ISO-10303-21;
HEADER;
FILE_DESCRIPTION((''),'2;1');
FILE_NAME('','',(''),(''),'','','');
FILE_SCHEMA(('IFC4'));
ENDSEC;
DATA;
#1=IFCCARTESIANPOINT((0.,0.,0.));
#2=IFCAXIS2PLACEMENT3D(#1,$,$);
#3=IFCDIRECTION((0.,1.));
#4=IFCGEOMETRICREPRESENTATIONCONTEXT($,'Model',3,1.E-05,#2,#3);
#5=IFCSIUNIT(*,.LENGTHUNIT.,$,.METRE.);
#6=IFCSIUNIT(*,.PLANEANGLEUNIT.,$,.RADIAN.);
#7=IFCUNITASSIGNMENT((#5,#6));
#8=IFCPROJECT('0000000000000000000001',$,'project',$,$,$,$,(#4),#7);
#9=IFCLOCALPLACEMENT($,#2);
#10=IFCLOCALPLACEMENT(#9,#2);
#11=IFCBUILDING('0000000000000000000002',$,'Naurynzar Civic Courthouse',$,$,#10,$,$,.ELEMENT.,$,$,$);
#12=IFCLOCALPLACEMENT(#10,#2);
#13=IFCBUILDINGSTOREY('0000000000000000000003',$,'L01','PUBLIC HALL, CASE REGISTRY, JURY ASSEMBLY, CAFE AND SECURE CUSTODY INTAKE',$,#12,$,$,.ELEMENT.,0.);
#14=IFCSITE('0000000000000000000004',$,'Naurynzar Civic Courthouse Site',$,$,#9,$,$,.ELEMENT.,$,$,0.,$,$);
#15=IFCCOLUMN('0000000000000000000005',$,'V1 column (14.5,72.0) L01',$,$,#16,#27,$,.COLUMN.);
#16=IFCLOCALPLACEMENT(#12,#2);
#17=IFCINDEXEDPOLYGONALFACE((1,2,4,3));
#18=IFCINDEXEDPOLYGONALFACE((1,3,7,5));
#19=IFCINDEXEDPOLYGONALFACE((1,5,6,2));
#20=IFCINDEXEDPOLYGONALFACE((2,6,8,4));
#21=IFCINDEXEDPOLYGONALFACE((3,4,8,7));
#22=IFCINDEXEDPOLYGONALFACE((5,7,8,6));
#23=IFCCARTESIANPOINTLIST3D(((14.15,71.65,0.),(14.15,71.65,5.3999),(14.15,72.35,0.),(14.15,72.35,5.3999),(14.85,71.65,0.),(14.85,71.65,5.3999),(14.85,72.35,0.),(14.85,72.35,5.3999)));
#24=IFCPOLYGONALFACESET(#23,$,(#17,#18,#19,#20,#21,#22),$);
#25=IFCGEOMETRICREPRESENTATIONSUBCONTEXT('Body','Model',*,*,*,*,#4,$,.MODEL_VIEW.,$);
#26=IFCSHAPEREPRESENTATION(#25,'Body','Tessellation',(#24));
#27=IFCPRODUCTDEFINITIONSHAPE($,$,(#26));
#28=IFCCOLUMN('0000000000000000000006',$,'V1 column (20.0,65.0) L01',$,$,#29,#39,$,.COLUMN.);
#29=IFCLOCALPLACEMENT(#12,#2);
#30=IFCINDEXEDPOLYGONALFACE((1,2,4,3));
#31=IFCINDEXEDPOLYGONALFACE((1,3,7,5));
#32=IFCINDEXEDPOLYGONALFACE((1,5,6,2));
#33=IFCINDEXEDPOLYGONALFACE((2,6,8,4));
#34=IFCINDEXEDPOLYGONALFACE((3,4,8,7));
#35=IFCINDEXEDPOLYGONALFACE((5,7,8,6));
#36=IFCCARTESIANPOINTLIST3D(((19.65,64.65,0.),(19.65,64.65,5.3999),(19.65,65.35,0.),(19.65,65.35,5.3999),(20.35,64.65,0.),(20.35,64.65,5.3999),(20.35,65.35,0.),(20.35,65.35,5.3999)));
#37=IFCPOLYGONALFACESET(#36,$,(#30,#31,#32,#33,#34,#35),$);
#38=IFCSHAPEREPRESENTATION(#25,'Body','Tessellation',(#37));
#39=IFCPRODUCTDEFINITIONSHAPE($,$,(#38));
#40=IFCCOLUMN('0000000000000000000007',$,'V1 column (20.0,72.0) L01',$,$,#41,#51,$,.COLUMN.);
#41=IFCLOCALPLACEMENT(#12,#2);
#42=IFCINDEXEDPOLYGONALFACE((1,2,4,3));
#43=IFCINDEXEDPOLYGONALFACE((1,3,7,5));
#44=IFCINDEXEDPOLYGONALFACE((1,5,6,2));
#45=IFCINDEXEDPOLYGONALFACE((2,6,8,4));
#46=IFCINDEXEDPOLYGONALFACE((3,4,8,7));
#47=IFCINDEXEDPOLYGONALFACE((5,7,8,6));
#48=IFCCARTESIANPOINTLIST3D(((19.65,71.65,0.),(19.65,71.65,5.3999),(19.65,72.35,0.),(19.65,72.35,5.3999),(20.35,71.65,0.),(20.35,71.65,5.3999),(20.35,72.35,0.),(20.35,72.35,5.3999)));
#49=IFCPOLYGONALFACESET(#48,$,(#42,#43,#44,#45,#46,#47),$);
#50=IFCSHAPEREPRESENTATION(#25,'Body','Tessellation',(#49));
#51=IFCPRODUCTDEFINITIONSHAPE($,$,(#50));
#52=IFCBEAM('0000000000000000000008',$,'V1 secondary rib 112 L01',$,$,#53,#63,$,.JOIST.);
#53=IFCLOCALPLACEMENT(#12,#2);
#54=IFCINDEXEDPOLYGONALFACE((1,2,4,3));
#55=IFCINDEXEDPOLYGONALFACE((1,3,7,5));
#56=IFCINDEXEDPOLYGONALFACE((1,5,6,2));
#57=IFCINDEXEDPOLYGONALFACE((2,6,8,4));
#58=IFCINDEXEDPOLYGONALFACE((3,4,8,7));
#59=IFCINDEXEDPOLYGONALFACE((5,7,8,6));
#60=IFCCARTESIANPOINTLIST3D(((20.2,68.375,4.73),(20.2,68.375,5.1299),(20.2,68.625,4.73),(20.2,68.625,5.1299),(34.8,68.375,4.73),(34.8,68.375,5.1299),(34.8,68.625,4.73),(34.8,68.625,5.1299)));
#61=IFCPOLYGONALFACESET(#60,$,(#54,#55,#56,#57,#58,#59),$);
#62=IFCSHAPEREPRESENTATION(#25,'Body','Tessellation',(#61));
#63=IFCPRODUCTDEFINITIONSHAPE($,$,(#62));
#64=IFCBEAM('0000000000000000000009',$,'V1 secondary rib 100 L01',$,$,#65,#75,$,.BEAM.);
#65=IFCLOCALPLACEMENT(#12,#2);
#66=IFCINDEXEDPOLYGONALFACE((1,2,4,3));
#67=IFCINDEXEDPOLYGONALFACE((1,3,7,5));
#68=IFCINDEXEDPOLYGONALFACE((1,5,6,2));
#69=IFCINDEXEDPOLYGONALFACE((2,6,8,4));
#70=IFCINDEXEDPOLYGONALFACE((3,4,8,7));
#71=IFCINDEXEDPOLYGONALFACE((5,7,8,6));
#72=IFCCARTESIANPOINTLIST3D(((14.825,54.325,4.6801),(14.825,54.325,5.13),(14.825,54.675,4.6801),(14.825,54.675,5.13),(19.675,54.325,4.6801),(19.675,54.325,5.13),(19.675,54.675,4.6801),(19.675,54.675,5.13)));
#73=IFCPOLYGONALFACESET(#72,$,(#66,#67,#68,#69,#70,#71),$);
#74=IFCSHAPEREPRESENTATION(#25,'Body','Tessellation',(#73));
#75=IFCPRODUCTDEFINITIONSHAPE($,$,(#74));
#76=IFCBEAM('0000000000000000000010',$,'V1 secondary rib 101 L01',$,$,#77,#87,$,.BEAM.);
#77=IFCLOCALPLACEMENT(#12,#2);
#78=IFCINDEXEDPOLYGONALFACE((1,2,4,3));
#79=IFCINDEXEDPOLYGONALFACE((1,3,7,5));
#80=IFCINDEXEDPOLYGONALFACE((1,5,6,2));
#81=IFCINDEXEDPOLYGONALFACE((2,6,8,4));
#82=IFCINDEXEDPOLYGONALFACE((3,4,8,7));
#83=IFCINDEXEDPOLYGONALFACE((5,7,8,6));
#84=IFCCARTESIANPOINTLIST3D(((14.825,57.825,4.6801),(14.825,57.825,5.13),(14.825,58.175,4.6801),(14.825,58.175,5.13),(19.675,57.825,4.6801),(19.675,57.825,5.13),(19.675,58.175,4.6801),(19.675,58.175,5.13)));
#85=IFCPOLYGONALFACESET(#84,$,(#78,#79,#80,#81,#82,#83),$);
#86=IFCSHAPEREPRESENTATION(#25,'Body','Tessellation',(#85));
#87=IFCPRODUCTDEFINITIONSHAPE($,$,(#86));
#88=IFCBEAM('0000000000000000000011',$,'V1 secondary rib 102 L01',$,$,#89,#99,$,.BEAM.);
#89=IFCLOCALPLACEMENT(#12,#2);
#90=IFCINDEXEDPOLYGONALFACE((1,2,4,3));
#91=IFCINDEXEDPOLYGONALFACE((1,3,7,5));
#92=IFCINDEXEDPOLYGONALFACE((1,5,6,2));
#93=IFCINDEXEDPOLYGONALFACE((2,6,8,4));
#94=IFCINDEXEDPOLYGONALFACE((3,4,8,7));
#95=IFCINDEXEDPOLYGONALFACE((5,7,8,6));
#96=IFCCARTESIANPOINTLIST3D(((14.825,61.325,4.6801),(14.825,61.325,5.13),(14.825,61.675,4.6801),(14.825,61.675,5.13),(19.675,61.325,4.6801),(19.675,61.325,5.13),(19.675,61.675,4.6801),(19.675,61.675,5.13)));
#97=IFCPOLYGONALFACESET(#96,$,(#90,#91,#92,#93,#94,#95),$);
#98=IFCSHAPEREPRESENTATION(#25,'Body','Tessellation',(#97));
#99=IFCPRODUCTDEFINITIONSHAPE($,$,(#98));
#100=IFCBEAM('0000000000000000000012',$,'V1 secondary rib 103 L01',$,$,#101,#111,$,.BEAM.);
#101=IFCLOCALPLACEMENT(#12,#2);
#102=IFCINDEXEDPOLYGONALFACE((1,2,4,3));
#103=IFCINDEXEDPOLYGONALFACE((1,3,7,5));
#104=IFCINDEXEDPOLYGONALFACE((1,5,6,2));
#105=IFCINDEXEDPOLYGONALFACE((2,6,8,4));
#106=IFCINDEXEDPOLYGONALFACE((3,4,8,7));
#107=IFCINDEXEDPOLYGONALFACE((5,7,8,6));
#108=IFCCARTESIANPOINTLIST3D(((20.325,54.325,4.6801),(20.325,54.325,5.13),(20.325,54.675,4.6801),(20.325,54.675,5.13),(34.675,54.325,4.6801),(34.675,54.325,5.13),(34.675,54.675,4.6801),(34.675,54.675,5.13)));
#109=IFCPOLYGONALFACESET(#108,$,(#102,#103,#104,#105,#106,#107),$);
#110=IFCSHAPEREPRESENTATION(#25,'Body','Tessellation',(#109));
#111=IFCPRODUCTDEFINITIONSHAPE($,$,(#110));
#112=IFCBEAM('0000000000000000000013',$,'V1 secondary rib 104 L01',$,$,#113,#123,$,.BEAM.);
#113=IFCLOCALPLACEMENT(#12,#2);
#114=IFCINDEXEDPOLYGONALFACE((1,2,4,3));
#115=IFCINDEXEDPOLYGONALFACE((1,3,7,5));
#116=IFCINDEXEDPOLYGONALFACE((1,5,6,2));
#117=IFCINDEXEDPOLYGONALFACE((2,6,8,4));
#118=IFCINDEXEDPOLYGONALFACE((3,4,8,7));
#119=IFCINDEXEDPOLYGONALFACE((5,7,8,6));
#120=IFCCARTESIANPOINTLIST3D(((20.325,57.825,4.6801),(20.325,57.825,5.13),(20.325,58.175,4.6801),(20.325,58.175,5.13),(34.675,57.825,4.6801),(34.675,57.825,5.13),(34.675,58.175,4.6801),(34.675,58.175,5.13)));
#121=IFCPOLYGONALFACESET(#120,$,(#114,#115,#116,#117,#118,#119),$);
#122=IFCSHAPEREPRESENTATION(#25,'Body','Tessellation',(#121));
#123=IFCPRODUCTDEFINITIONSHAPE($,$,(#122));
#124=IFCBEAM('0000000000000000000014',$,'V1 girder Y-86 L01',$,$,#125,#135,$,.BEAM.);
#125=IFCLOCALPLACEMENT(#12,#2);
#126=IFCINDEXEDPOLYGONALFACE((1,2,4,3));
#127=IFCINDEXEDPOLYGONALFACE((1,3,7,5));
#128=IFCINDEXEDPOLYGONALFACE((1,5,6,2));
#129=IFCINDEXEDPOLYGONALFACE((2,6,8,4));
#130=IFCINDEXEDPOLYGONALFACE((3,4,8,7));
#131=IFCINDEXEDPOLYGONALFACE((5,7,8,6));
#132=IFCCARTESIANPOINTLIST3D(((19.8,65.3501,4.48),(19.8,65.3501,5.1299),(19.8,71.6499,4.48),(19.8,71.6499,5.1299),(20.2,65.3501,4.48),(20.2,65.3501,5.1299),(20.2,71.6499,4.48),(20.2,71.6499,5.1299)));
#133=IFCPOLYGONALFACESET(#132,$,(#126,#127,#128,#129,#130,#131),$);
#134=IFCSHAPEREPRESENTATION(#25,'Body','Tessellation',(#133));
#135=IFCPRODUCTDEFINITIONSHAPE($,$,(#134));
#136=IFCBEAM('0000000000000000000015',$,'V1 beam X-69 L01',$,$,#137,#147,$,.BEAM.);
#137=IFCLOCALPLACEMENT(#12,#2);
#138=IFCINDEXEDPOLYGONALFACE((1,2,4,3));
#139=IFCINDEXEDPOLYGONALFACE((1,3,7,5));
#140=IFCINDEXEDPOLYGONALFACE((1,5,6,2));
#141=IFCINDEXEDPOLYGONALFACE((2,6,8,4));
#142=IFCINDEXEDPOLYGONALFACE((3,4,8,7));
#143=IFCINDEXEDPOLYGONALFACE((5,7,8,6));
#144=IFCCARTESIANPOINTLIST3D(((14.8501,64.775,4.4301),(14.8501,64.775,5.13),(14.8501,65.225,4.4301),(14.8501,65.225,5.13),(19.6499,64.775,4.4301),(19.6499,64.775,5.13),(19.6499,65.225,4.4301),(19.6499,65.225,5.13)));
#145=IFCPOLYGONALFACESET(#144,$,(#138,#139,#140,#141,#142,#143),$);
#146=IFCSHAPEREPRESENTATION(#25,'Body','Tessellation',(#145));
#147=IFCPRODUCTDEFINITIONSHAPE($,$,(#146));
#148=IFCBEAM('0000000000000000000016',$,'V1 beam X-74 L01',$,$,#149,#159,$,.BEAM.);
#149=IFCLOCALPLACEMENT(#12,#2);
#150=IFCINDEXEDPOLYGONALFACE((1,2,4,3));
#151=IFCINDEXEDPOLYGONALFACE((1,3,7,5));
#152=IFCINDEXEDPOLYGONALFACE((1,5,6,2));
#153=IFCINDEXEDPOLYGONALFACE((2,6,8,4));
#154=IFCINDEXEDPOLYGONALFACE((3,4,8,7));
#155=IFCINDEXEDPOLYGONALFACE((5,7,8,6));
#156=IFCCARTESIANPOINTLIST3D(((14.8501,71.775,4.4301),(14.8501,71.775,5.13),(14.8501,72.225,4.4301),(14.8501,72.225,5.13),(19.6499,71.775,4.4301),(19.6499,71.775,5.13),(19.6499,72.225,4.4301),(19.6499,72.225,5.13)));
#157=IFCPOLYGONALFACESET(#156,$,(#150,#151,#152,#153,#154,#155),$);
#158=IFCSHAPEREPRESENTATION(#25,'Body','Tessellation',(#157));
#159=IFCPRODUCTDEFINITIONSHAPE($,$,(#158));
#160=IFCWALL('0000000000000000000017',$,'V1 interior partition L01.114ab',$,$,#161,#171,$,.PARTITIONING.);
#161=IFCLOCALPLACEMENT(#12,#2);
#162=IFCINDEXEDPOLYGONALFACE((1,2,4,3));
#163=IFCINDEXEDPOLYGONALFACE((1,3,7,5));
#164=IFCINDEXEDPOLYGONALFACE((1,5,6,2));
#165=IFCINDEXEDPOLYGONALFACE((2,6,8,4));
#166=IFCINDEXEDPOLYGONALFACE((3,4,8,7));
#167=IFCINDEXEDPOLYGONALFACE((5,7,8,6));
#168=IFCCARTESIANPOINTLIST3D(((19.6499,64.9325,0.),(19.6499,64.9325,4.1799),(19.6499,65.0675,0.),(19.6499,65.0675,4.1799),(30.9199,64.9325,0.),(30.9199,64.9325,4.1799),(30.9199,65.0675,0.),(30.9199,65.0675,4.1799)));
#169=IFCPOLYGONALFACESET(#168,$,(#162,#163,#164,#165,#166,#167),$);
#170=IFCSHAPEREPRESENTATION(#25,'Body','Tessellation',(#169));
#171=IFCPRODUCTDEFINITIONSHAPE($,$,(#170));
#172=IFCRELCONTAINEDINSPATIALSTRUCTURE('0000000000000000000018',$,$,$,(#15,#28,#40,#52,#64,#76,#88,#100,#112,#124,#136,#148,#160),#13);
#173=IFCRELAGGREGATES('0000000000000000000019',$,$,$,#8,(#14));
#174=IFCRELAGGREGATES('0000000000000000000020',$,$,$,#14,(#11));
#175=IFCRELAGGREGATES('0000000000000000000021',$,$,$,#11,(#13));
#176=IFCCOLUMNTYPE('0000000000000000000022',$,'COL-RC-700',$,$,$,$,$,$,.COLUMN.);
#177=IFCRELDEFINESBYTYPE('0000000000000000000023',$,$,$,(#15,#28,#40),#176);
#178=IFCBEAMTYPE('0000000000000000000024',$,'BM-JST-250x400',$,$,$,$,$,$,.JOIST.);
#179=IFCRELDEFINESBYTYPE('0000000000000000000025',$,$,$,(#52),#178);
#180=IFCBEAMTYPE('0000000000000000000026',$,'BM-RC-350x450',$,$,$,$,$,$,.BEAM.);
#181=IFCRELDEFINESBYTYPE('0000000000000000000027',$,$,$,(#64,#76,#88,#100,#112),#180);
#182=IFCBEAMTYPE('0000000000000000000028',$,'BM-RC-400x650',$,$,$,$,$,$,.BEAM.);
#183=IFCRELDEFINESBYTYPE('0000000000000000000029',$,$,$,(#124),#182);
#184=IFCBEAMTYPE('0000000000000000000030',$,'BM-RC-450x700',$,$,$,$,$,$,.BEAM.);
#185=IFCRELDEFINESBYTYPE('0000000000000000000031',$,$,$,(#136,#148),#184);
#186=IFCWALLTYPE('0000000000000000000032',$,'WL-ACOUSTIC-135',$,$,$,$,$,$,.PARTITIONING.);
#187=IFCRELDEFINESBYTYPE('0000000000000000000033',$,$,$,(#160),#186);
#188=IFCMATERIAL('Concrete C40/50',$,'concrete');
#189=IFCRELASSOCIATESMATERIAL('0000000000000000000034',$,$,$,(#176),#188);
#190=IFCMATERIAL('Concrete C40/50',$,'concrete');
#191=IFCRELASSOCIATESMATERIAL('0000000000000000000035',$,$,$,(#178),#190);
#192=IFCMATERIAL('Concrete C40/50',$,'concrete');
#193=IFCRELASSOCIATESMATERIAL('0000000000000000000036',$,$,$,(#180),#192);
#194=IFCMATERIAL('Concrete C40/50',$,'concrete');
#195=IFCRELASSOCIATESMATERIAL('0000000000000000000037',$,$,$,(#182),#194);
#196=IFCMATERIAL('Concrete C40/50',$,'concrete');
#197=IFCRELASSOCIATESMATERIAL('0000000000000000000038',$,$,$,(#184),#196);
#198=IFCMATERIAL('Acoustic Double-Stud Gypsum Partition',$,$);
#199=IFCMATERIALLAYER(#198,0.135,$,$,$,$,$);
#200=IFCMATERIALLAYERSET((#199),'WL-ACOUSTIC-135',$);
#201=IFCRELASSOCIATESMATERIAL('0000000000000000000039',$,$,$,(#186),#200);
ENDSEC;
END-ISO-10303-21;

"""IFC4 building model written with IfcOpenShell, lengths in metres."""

from ifc_helpers import new_model, si_unit, direction, frame, frame_2d, origin, origin_2d, place, context, subcontext, project, spatial, rectangle, extrude, material, layer, layer_set, material_profile, profile_set, type_object, element, save


model = new_model("IFC4")

# Units and contexts
model_context = context("Model", 3, precision=1e-05, world=origin(), true_north=direction((0.0, 1.0)))
body_context = subcontext(model_context, "Body", "Model", "MODEL_VIEW")
ifc_project = project(units=[si_unit("LENGTHUNIT", "METRE"), si_unit("PLANEANGLEUNIT", "RADIAN")], contexts=[model_context])

# Site, building, storey
site_placement = place(None, origin())
site = spatial("IfcSite", under=ifc_project, at=site_placement, Name="Naurynzar Civic Courthouse Site", CompositionType="ELEMENT", RefElevation=0.0)
building_placement = place(site_placement, origin())
building = spatial("IfcBuilding", under=site, at=building_placement, Name="Naurynzar Civic Courthouse", CompositionType="ELEMENT")
storey_placement = place(building_placement, origin())
storey = spatial("IfcBuildingStorey", under=building, at=storey_placement, Name="L01", Description="PUBLIC HALL, CASE REGISTRY, JURY ASSEMBLY, CAFE AND SECURE CUSTODY INTAKE", CompositionType="ELEMENT", Elevation=0.0)

# Columns
ifc_material_1 = material(Name="Concrete C40/50", Category="concrete")
ifc_material_profile_1 = material_profile(ifc_material_1, rectangle(XDim=0.7, YDim=0.7, at=origin_2d()), Name="RC 700x700")
ifc_profile_set_1 = profile_set([ifc_material_profile_1], Name="Concrete C40/50")
column_type = type_object("IfcColumnType", Name="COL-RC-700", PredefinedType="COLUMN", material=ifc_profile_set_1)
for number, where, z_axis, x_axis, name in (
    (1, (14.5, 72.0, 0.0), (0.0, 0.0, 1.0), (1.0, 0.0, 0.0), "V1 column (14.5,72.0) L01"),
    (2, (20.0, 65.0, 0.0), (0.0, 0.0, 1.0), (1.0, 0.0, 0.0), "V1 column (20.0,65.0) L01"),
    (3, (20.0, 72.0, 0.0), (0.0, 0.0, 1.0), (1.0, 0.0, 0.0), "V1 column (20.0,72.0) L01"),
):
    element("IfcColumn", number, at=place(storey_placement, frame(where, z_axis=z_axis, x_axis=x_axis)), inside=storey, type_object=column_type, Name=name, PredefinedType="COLUMN", context=body_context, shape_type="SweptSolid", body=[
        extrude(rectangle(XDim=0.7, YDim=0.7, at=origin_2d()), origin(), (0.0, 0.0, 1.0), 5.3999),
    ])

# Beams
ifc_material_2 = material(Name="Concrete C40/50", Category="concrete")
ifc_material_profile_2 = material_profile(ifc_material_2, rectangle(XDim=0.25, YDim=0.3999, at=origin_2d()), Name="RCB 250x400")
ifc_profile_set_2 = profile_set([ifc_material_profile_2], Name="Concrete C40/50")
beam_type_1 = type_object("IfcBeamType", Name="BM-JST-250x400", PredefinedType="JOIST", material=ifc_profile_set_2)
beam_1_placement = place(storey_placement, frame((20.2, 68.5, 4.9299), z_axis=(1.0, 0.0, 0.0), x_axis=(0.0, 1.0, 0.0)))
element("IfcBeam", 4, at=beam_1_placement, inside=storey, type_object=beam_type_1, Name="V1 secondary rib 112 L01", PredefinedType="JOIST", context=body_context, shape_type="SweptSolid", body=[
    extrude(rectangle(XDim=0.25, YDim=0.3999, at=origin_2d()), origin(), (0.0, 0.0, 1.0), 14.6001),
])
ifc_material_3 = material(Name="Concrete C40/50", Category="concrete")
ifc_material_profile_3 = material_profile(ifc_material_3, rectangle(XDim=0.3501, YDim=0.45, at=origin_2d()), Name="RCB 350x450")
ifc_profile_set_3 = profile_set([ifc_material_profile_3], Name="Concrete C40/50")
beam_type_2 = type_object("IfcBeamType", Name="BM-RC-350x450", PredefinedType="BEAM", material=ifc_profile_set_3)
for number, where, z_axis, x_axis, name in (
    (5, (14.825, 54.5, 4.905), (1.0, 0.0, 0.0), (0.0, 1.0, 0.0), "V1 secondary rib 100 L01"),
    (6, (14.825, 58.0, 4.905), (1.0, 0.0, 0.0), (0.0, 1.0, 0.0), "V1 secondary rib 101 L01"),
    (7, (14.825, 61.5, 4.905), (1.0, 0.0, 0.0), (0.0, 1.0, 0.0), "V1 secondary rib 102 L01"),
):
    element("IfcBeam", number, at=place(storey_placement, frame(where, z_axis=z_axis, x_axis=x_axis)), inside=storey, type_object=beam_type_2, Name=name, PredefinedType="BEAM", context=body_context, shape_type="SweptSolid", body=[
        extrude(rectangle(XDim=0.3501, YDim=0.45, at=origin_2d()), origin(), (0.0, 0.0, 1.0), 4.8501),
    ])
for number, where, z_axis, x_axis, name in (
    (8, (20.325, 54.5, 4.905), (1.0, 0.0, 0.0), (0.0, 1.0, 0.0), "V1 secondary rib 103 L01"),
    (9, (20.325, 58.0, 4.905), (1.0, 0.0, 0.0), (0.0, 1.0, 0.0), "V1 secondary rib 104 L01"),
):
    element("IfcBeam", number, at=place(storey_placement, frame(where, z_axis=z_axis, x_axis=x_axis)), inside=storey, type_object=beam_type_2, Name=name, PredefinedType="BEAM", context=body_context, shape_type="SweptSolid", body=[
        extrude(rectangle(XDim=0.3501, YDim=0.45, at=origin_2d()), origin(), (0.0, 0.0, 1.0), 14.3501),
    ])
ifc_material_4 = material(Name="Concrete C40/50", Category="concrete")
ifc_material_profile_4 = material_profile(ifc_material_4, rectangle(XDim=0.3999, YDim=0.6499, at=origin_2d()), Name="RCB 400x650")
ifc_profile_set_4 = profile_set([ifc_material_profile_4], Name="Concrete C40/50")
beam_type_3 = type_object("IfcBeamType", Name="BM-RC-400x650", PredefinedType="BEAM", material=ifc_profile_set_4)
beam_2_placement = place(storey_placement, frame((20.0, 65.3501, 4.8049), z_axis=(0.0, 1.0, 0.0), x_axis=(-1.0, 0.0, 0.0)))
element("IfcBeam", 10, at=beam_2_placement, inside=storey, type_object=beam_type_3, Name="V1 girder Y-86 L01", PredefinedType="BEAM", context=body_context, shape_type="SweptSolid", body=[
    extrude(rectangle(XDim=0.3999, YDim=0.6499, at=origin_2d()), origin(), (0.0, 0.0, 1.0), 6.2998),
])
ifc_material_5 = material(Name="Concrete C40/50", Category="concrete")
ifc_material_profile_5 = material_profile(ifc_material_5, rectangle(XDim=0.45, YDim=0.7, at=origin_2d()), Name="RCB 450x700")
ifc_profile_set_5 = profile_set([ifc_material_profile_5], Name="Concrete C40/50")
beam_type_4 = type_object("IfcBeamType", Name="BM-RC-450x700", PredefinedType="BEAM", material=ifc_profile_set_5)
for number, where, z_axis, x_axis, name in (
    (11, (14.8501, 65.0, 4.78), (1.0, 0.0, 0.0), (0.0, 1.0, 0.0), "V1 beam X-69 L01"),
    (12, (14.8501, 72.0, 4.78), (1.0, 0.0, 0.0), (0.0, 1.0, 0.0), "V1 beam X-74 L01"),
):
    element("IfcBeam", number, at=place(storey_placement, frame(where, z_axis=z_axis, x_axis=x_axis)), inside=storey, type_object=beam_type_4, Name=name, PredefinedType="BEAM", context=body_context, shape_type="SweptSolid", body=[
        extrude(rectangle(XDim=0.45, YDim=0.7, at=origin_2d()), origin(), (0.0, 0.0, 1.0), 4.7998),
    ])

# Wall
ifc_material_6 = material(Name="Acoustic Double-Stud Gypsum Partition")
ifc_layer_1 = layer(ifc_material_6, 0.135)
ifc_layer_set_1 = layer_set([ifc_layer_1], Name="WL-ACOUSTIC-135")
wall_type_1 = type_object("IfcWallType", Name="WL-ACOUSTIC-135", PredefinedType="PARTITIONING", material=ifc_layer_set_1)
wall_1_placement = place(storey_placement, frame((19.6499, 65.0, 0.0), z_axis=(0.0, 0.0, 1.0), x_axis=(1.0, 0.0, 0.0)))
element("IfcWall", 13, at=wall_1_placement, inside=storey, type_object=wall_type_1, Name="V1 interior partition L01.114ab", PredefinedType="PARTITIONING", context=body_context, shape_type="SweptSolid", body=[
    extrude(rectangle(XDim=11.27, YDim=0.135, at=frame_2d((5.635, 0.0))), origin(), (0.0, 0.0, 1.0), 4.1799),
])

save(model, "model.ifc")
